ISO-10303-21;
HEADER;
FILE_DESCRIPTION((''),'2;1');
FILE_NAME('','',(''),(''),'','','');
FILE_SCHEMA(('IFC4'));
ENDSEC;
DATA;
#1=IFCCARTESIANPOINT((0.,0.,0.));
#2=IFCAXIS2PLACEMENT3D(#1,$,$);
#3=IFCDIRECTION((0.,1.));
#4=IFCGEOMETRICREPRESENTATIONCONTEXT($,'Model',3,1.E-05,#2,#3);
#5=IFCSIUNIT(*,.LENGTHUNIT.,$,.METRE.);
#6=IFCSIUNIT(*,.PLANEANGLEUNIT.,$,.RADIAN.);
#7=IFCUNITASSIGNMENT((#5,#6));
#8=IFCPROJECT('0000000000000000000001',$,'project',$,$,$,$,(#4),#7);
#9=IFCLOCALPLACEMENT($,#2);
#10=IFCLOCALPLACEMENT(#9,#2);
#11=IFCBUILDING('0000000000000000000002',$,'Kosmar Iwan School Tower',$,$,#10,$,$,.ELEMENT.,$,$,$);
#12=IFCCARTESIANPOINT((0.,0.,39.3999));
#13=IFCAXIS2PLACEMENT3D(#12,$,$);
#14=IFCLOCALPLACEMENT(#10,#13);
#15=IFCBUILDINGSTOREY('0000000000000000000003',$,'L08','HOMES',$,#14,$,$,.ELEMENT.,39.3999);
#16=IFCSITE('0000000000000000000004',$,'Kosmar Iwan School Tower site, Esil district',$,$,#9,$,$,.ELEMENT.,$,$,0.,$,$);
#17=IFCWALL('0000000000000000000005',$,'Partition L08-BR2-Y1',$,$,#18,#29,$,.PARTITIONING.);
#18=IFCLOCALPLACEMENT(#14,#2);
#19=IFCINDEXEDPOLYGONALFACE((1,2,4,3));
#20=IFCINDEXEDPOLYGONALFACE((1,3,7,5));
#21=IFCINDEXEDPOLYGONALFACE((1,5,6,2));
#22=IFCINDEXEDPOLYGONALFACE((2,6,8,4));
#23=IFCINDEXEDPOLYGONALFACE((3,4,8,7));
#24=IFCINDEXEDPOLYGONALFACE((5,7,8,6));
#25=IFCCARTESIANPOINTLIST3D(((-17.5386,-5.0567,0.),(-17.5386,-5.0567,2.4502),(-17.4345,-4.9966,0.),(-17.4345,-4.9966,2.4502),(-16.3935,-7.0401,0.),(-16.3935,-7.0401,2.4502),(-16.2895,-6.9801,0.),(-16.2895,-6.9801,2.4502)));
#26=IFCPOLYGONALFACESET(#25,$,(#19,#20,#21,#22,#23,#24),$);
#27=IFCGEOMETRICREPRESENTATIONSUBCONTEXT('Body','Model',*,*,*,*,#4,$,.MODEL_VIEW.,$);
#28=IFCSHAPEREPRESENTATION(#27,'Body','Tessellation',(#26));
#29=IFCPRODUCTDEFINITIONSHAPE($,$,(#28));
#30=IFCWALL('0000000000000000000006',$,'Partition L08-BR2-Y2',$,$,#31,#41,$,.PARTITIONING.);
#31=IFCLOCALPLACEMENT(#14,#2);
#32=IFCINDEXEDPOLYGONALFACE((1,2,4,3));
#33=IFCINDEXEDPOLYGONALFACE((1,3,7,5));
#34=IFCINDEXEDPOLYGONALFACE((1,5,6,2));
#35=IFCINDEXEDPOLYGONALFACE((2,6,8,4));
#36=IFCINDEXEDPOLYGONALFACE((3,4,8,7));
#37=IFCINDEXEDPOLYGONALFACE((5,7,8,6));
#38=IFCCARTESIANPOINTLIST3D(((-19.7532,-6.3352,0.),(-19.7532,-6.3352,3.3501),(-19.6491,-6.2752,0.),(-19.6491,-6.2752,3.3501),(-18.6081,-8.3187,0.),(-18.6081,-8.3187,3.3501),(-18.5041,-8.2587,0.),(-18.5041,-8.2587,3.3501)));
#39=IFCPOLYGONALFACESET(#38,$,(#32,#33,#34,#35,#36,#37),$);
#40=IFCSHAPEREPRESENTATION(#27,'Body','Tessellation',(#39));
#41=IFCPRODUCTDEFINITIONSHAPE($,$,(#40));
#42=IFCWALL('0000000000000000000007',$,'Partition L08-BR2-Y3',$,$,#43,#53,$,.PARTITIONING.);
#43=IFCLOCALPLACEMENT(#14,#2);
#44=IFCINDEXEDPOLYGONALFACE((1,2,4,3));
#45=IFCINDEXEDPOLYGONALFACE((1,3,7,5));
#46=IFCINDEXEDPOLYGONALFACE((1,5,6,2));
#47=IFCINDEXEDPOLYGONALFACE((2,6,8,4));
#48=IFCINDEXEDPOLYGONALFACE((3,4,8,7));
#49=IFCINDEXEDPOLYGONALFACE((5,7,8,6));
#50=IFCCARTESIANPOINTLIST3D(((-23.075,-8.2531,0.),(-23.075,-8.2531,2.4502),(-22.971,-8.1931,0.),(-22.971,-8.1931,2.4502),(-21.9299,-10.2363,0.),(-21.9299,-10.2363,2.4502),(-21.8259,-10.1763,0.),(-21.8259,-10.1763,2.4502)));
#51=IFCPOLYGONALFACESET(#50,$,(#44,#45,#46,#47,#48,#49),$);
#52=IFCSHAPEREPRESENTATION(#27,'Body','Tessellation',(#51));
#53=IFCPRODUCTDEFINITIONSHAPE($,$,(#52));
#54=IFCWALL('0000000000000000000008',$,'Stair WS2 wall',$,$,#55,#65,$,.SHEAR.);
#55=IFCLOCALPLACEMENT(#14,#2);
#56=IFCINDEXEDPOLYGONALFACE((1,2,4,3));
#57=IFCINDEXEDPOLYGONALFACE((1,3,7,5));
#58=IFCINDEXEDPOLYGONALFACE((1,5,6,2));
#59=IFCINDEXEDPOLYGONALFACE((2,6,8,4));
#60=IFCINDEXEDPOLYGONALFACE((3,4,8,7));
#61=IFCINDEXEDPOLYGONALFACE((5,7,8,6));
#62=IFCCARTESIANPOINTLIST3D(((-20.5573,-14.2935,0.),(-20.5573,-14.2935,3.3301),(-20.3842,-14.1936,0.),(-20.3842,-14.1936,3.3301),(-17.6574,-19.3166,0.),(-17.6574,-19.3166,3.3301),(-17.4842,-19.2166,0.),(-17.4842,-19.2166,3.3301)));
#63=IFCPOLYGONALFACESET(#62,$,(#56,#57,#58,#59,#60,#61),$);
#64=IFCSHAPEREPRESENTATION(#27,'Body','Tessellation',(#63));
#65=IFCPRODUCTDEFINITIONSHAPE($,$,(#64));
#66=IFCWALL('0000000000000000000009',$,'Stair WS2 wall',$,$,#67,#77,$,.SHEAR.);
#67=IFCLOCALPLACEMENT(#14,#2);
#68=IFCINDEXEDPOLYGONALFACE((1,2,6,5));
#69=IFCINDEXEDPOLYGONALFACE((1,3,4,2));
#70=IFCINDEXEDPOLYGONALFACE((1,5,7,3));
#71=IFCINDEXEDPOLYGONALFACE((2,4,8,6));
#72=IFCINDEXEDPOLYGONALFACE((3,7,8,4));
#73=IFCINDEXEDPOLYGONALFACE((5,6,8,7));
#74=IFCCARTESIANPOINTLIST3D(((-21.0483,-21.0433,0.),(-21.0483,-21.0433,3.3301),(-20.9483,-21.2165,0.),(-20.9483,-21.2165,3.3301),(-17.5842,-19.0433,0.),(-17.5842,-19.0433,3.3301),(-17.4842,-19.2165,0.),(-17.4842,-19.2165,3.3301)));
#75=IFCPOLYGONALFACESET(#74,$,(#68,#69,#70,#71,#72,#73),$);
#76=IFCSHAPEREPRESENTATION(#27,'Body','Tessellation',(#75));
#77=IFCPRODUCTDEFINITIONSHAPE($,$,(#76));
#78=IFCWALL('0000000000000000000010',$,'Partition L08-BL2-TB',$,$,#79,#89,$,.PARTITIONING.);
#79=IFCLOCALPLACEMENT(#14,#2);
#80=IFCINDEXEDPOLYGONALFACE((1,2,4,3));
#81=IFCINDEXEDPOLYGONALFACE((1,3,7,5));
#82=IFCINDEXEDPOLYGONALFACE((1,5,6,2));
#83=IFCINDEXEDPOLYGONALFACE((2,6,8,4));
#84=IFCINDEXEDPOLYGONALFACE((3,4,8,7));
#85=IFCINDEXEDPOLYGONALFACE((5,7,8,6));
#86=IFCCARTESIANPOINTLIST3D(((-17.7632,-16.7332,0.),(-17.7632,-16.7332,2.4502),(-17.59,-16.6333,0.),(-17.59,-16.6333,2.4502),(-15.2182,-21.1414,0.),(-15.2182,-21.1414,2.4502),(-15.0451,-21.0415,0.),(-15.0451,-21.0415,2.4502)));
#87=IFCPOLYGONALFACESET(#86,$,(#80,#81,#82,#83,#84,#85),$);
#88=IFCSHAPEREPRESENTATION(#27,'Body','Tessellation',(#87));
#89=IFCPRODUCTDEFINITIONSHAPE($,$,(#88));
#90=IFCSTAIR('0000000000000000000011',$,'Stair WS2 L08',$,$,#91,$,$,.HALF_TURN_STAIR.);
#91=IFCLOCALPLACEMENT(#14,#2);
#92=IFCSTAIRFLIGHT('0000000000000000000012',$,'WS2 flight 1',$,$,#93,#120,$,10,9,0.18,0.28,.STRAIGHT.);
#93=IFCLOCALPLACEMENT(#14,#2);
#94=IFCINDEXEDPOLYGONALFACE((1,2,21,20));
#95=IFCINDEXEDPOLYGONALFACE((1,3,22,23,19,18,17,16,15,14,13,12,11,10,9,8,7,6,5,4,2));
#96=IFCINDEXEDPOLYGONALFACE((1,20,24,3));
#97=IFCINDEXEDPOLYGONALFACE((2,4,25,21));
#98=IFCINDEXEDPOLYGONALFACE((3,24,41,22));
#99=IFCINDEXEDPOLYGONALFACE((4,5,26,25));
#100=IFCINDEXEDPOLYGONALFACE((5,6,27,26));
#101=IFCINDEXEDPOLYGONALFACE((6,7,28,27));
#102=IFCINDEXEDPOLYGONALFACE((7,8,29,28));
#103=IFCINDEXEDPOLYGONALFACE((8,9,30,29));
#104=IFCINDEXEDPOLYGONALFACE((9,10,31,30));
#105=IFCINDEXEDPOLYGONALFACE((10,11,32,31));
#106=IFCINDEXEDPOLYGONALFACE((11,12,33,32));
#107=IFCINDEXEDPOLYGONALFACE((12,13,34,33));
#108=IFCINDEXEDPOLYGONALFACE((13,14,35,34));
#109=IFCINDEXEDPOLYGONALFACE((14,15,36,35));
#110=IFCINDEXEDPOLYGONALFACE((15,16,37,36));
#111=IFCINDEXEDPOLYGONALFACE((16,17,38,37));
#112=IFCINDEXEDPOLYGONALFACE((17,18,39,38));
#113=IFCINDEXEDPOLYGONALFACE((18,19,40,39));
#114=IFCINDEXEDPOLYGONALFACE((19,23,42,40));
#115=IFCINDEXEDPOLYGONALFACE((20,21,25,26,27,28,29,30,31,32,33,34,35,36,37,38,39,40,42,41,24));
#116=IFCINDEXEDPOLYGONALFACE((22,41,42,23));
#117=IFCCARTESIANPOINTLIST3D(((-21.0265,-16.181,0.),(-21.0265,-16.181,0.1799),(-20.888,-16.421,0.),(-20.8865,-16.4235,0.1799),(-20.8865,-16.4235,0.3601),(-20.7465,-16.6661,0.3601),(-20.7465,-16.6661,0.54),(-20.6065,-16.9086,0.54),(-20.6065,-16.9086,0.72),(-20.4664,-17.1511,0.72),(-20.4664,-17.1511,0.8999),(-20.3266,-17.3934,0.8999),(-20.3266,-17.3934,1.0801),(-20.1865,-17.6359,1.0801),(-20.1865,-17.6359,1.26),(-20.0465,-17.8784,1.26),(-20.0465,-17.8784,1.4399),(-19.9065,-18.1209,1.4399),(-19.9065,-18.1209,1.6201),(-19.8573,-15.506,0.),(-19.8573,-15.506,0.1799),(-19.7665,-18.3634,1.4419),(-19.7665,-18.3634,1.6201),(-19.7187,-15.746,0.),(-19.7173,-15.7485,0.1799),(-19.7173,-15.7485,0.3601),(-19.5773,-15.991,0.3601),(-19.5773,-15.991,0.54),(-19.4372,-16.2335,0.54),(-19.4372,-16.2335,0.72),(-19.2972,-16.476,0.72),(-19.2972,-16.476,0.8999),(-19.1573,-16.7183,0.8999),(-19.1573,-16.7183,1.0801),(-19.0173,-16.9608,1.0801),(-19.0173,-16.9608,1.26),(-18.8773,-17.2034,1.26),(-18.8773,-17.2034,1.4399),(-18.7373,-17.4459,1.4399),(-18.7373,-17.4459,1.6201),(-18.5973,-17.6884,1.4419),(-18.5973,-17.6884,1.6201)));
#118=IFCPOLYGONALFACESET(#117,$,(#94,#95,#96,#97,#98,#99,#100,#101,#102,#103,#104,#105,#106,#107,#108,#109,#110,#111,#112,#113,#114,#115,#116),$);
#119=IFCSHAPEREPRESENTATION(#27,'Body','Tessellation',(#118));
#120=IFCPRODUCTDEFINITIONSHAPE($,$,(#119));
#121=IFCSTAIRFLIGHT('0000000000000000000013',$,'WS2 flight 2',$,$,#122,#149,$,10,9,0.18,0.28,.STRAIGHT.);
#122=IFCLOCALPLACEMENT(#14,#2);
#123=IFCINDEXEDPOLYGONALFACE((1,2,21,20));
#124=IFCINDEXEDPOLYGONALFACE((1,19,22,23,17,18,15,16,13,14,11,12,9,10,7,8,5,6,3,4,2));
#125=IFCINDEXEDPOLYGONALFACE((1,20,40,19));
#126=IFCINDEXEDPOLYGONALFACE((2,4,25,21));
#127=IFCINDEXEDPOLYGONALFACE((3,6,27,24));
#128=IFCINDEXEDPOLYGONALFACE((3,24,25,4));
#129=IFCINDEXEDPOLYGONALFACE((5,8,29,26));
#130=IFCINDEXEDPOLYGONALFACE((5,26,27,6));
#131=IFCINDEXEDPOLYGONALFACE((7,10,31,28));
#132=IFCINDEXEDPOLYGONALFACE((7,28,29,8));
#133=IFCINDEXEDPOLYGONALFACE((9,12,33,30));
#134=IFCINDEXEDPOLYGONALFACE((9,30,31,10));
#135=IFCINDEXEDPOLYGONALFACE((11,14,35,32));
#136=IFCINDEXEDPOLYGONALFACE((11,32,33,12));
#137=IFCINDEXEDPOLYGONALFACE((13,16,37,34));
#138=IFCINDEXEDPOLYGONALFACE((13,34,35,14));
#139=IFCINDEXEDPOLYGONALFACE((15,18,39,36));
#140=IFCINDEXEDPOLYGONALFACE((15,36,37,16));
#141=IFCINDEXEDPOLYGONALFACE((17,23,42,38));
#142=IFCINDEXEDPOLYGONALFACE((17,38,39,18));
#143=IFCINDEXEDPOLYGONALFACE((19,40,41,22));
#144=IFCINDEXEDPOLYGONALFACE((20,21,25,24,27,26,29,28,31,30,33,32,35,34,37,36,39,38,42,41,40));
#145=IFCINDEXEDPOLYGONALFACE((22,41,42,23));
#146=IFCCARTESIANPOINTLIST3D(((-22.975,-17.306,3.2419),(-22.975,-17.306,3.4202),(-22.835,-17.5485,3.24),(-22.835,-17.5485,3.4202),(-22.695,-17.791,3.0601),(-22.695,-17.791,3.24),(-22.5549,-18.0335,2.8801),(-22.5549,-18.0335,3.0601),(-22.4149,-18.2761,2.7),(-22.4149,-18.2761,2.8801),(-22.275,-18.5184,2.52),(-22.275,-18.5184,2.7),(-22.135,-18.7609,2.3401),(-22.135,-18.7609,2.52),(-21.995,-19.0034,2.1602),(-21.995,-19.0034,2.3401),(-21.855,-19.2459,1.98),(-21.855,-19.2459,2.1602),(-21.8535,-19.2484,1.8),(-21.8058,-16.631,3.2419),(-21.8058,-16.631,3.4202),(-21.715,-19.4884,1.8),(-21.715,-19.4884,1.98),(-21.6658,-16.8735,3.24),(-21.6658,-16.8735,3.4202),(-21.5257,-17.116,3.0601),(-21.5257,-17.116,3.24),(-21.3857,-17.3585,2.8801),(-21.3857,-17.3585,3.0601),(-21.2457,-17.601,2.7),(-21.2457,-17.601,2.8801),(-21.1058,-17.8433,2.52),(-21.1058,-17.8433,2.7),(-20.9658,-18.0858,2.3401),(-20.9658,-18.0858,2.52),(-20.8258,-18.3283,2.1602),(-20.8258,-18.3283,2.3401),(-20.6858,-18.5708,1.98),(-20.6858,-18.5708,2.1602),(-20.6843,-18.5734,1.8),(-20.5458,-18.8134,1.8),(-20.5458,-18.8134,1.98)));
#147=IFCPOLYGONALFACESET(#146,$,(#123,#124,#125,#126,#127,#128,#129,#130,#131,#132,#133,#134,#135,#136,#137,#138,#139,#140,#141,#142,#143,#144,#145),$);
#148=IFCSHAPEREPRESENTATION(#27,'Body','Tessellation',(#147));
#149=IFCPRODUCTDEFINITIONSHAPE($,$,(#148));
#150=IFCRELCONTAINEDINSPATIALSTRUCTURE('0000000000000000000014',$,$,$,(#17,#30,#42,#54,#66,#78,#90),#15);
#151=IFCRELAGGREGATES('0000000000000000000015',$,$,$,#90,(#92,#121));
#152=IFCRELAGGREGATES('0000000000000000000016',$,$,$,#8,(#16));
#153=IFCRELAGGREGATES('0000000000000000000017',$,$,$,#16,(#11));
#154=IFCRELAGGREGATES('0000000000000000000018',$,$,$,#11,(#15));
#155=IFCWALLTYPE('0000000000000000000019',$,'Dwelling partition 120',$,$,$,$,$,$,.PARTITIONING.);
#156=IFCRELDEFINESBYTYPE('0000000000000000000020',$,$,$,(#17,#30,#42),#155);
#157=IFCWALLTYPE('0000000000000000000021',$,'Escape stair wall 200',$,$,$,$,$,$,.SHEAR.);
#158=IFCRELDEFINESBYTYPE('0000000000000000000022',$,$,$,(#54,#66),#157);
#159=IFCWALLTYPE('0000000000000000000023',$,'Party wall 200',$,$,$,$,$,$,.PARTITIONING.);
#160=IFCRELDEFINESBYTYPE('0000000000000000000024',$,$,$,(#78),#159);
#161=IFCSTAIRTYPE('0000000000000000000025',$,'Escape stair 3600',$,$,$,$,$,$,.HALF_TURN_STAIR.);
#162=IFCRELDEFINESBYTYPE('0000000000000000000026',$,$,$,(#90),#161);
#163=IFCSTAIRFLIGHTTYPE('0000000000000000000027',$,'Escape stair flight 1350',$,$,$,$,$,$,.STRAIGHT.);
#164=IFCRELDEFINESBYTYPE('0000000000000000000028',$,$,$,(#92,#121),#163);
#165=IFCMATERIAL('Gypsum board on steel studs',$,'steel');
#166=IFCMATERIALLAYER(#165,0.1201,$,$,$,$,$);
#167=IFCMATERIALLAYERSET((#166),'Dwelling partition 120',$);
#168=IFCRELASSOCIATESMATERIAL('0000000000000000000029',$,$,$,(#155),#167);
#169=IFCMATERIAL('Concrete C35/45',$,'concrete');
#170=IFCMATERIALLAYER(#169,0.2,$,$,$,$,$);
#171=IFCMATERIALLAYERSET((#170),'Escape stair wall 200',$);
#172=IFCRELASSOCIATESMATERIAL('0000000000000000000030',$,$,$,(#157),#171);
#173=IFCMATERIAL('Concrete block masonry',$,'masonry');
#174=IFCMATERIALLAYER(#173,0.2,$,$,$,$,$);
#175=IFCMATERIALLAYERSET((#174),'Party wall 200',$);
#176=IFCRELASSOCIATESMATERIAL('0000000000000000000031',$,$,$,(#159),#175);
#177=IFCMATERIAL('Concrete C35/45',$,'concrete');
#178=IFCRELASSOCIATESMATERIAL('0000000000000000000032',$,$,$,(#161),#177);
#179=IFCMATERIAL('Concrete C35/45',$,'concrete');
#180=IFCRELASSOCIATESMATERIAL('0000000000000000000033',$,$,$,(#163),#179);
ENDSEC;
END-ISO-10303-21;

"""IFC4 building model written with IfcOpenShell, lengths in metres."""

from ifc_helpers import new_model, si_unit, direction, frame, frame_2d, origin, place, context, subcontext, project, spatial, polyline, rectangle, outline, extrude, material, layer, layer_set, type_object, element, aggregate, save


model = new_model("IFC4")

# Units and contexts
model_context = context("Model", 3, precision=1e-05, world=origin(), true_north=direction((0.0, 1.0)))
body_context = subcontext(model_context, "Body", "Model", "MODEL_VIEW")
ifc_project = project(units=[si_unit("LENGTHUNIT", "METRE"), si_unit("PLANEANGLEUNIT", "RADIAN")], contexts=[model_context])

# Site, building, storey
site_placement = place(None, origin())
site = spatial("IfcSite", under=ifc_project, at=site_placement, Name="Kosmar Iwan School Tower site, Esil district", CompositionType="ELEMENT", RefElevation=0.0)
building_placement = place(site_placement, origin())
building = spatial("IfcBuilding", under=site, at=building_placement, Name="Kosmar Iwan School Tower", CompositionType="ELEMENT")
storey_placement = place(building_placement, frame((0.0, 0.0, 39.3999)))
storey = spatial("IfcBuildingStorey", under=building, at=storey_placement, Name="L08", Description="HOMES", CompositionType="ELEMENT", Elevation=39.3999)

# Shared definitions
ifc_material_1 = material(Name="Gypsum board on steel studs", Category="steel")
ifc_layer_1 = layer(ifc_material_1, 0.1201)
ifc_layer_set_1 = layer_set([ifc_layer_1], Name="Dwelling partition 120")
wall_type_1 = type_object("IfcWallType", Name="Dwelling partition 120", PredefinedType="PARTITIONING", material=ifc_layer_set_1)

# Walls
wall_1_placement = place(storey_placement, frame((-16.3416, -7.01, 0.0), z_axis=(0.0, 0.0, 1.0), x_axis=(-0.499969, 0.866044, 0.0)))
element("IfcWall", 1, at=wall_1_placement, inside=storey, type_object=wall_type_1, Name="Partition L08-BR2-Y1", PredefinedType="PARTITIONING", context=body_context, shape_type="SweptSolid", body=[
    extrude(rectangle(XDim=2.2903, YDim=0.1201, at=frame_2d((1.145, 0.0))), origin(), (0.0, 0.0, 1.0), 2.4502),
])
wall_2_placement = place(storey_placement, frame((-18.5562, -8.2886, 0.0), z_axis=(0.0, 0.0, 1.0), x_axis=(-0.499969, 0.866044, 0.0)))
element("IfcWall", 2, at=wall_2_placement, inside=storey, type_object=wall_type_1, Name="Partition L08-BR2-Y2", PredefinedType="PARTITIONING", context=body_context, shape_type="SweptSolid", body=[
    extrude(rectangle(XDim=2.2903, YDim=0.1201, at=frame_2d((1.145, 0.0))), origin(), (0.0, 0.0, 1.0), 3.3501),
])
wall_3_placement = place(storey_placement, frame((-21.8779, -10.2063, 0.0), z_axis=(0.0, 0.0, 1.0), x_axis=(-0.500015, 0.866017, 0.0)))
element("IfcWall", 3, at=wall_3_placement, inside=storey, type_object=wall_type_1, Name="Partition L08-BR2-Y3", PredefinedType="PARTITIONING", context=body_context, shape_type="SweptSolid", body=[
    extrude(rectangle(XDim=2.29, YDim=0.1201, at=frame_2d((1.145, 0.0))), origin(), (0.0, 0.0, 1.0), 2.4502),
])
ifc_material_2 = material(Name="Concrete C35/45", Category="concrete")
ifc_layer_2 = layer(ifc_material_2, 0.2)
ifc_layer_set_2 = layer_set([ifc_layer_2], Name="Escape stair wall 200")
wall_type_2 = type_object("IfcWallType", Name="Escape stair wall 200", PredefinedType="SHEAR", material=ifc_layer_set_2)
wall_4_placement = place(storey_placement, frame((-20.4707, -14.2437, 0.0), z_axis=(0.0, 0.0, 1.0), x_axis=(0.499987, -0.866033, 0.0)))
element("IfcWall", 4, at=wall_4_placement, inside=storey, type_object=wall_type_2, Name="Stair WS2 wall", PredefinedType="SHEAR", context=body_context, shape_type="SweptSolid", body=[
    extrude(rectangle(XDim=5.8, YDim=0.2, at=frame_2d((2.8999, 0.0))), origin(), (0.0, 0.0, 1.0), 3.3301),
])
wall_5_placement = place(storey_placement, frame((-17.5342, -19.1299, 0.0), z_axis=(0.0, 0.0, 1.0), x_axis=(-0.866026, -0.499999, 0.0)))
element("IfcWall", 5, at=wall_5_placement, inside=storey, type_object=wall_type_2, Name="Stair WS2 wall", PredefinedType="SHEAR", context=body_context, shape_type="SweptSolid", body=[
    extrude(rectangle(XDim=4.0, YDim=0.2, at=frame_2d((2.0, 0.0))), origin(), (0.0, 0.0, 1.0), 3.3301),
])
ifc_material_3 = material(Name="Concrete block masonry", Category="masonry")
ifc_layer_3 = layer(ifc_material_3, 0.2)
ifc_layer_set_3 = layer_set([ifc_layer_3], Name="Party wall 200")
wall_type_3 = type_object("IfcWallType", Name="Party wall 200", PredefinedType="PARTITIONING", material=ifc_layer_set_3)
wall_6_placement = place(storey_placement, frame((-17.6765, -16.6833, 0.0), z_axis=(0.0, 0.0, 1.0), x_axis=(0.499977, -0.866039, 0.0)))
element("IfcWall", 6, at=wall_6_placement, inside=storey, type_object=wall_type_3, Name="Partition L08-BL2-TB", PredefinedType="PARTITIONING", context=body_context, shape_type="SweptSolid", body=[
    extrude(rectangle(XDim=5.0901, YDim=0.2, at=frame_2d((2.5449, 0.0))), origin(), (0.0, 0.0, 1.0), 2.4502),
])

# Stair, stair flights
ifc_material_4 = material(Name="Concrete C35/45", Category="concrete")
stair_type = type_object("IfcStairType", Name="Escape stair 3600", PredefinedType="HALF_TURN_STAIR", material=ifc_material_4)
stair_placement = place(storey_placement, origin())
stair = element("IfcStair", 7, at=stair_placement, inside=storey, type_object=stair_type, Name="Stair WS2 L08", PredefinedType="HALF_TURN_STAIR")
ifc_material_5 = material(Name="Concrete C35/45", Category="concrete")
stair_flight_type = type_object("IfcStairFlightType", Name="Escape stair flight 1350", PredefinedType="STRAIGHT", material=ifc_material_5)
stair_flight_1_placement = place(storey_placement, frame((-20.4419, -15.8435, 0.0), z_axis=(0.0, 0.0, 1.0), x_axis=(0.5, -0.866025, 0.0)))
stair_flight_1 = element("IfcStairFlight", 8, at=stair_flight_1_placement, type_object=stair_flight_type, Name="WS2 flight 1", NumberOfRisers=10, NumberOfTreads=9, PredefinedType="STRAIGHT", RiserHeight=0.18, TreadLength=0.28, context=body_context, shape_type="SweptSolid", body=[
    extrude(outline(polyline([(0.0, 0.0), (0.0, 0.1799), (0.28, 0.1799), (0.28, 0.3601), (0.5601, 0.3601), (0.5601, 0.54), (0.8401, 0.54), (0.8401, 0.72), (1.1201, 0.72), (1.1201, 0.8999), (1.3999, 0.8999), (1.3999, 1.0801), (1.6799, 1.0801), (1.6799, 1.26), (1.96, 1.26), (1.96, 1.4399), (2.24, 1.4399), (2.24, 1.6201), (2.52, 1.6201), (2.52, 1.8), (2.52, 1.4419), (0.2771, 0.0), (0.0, 0.0)])), frame((0.0, 0.675, 0.0), z_axis=(0.0, -1.0, 0.0), x_axis=(1.0, 0.0, 0.0)), (0.0, 0.0, 1.0), 1.3501),
])
stair_flight_2_placement = place(storey_placement, frame((-21.1304, -19.1509, 1.8), z_axis=(0.0, 0.0, 1.0), x_axis=(-0.5, 0.866025, 0.0)))
stair_flight_2 = element("IfcStairFlight", 9, at=stair_flight_2_placement, type_object=stair_flight_type, Name="WS2 flight 2", NumberOfRisers=10, NumberOfTreads=9, PredefinedType="STRAIGHT", RiserHeight=0.18, TreadLength=0.28, context=body_context, shape_type="SweptSolid", body=[
    extrude(outline(polyline([(0.0, 0.0), (0.0, 0.1799), (0.28, 0.1799), (0.28, 0.3601), (0.5601, 0.3601), (0.5601, 0.54), (0.8401, 0.54), (0.8401, 0.72), (1.1201, 0.72), (1.1201, 0.8999), (1.3999, 0.8999), (1.3999, 1.0801), (1.6799, 1.0801), (1.6799, 1.26), (1.96, 1.26), (1.96, 1.4399), (2.24, 1.4399), (2.24, 1.6201), (2.52, 1.6201), (2.52, 1.8), (2.52, 1.4419), (0.2771, 0.0), (0.0, 0.0)])), frame((0.0, 0.675, 0.0), z_axis=(0.0, -1.0, 0.0), x_axis=(1.0, 0.0, 0.0)), (0.0, 0.0, 1.0), 1.3501),
])
aggregate(stair, [stair_flight_1, stair_flight_2])

save(model, "model.ifc")
